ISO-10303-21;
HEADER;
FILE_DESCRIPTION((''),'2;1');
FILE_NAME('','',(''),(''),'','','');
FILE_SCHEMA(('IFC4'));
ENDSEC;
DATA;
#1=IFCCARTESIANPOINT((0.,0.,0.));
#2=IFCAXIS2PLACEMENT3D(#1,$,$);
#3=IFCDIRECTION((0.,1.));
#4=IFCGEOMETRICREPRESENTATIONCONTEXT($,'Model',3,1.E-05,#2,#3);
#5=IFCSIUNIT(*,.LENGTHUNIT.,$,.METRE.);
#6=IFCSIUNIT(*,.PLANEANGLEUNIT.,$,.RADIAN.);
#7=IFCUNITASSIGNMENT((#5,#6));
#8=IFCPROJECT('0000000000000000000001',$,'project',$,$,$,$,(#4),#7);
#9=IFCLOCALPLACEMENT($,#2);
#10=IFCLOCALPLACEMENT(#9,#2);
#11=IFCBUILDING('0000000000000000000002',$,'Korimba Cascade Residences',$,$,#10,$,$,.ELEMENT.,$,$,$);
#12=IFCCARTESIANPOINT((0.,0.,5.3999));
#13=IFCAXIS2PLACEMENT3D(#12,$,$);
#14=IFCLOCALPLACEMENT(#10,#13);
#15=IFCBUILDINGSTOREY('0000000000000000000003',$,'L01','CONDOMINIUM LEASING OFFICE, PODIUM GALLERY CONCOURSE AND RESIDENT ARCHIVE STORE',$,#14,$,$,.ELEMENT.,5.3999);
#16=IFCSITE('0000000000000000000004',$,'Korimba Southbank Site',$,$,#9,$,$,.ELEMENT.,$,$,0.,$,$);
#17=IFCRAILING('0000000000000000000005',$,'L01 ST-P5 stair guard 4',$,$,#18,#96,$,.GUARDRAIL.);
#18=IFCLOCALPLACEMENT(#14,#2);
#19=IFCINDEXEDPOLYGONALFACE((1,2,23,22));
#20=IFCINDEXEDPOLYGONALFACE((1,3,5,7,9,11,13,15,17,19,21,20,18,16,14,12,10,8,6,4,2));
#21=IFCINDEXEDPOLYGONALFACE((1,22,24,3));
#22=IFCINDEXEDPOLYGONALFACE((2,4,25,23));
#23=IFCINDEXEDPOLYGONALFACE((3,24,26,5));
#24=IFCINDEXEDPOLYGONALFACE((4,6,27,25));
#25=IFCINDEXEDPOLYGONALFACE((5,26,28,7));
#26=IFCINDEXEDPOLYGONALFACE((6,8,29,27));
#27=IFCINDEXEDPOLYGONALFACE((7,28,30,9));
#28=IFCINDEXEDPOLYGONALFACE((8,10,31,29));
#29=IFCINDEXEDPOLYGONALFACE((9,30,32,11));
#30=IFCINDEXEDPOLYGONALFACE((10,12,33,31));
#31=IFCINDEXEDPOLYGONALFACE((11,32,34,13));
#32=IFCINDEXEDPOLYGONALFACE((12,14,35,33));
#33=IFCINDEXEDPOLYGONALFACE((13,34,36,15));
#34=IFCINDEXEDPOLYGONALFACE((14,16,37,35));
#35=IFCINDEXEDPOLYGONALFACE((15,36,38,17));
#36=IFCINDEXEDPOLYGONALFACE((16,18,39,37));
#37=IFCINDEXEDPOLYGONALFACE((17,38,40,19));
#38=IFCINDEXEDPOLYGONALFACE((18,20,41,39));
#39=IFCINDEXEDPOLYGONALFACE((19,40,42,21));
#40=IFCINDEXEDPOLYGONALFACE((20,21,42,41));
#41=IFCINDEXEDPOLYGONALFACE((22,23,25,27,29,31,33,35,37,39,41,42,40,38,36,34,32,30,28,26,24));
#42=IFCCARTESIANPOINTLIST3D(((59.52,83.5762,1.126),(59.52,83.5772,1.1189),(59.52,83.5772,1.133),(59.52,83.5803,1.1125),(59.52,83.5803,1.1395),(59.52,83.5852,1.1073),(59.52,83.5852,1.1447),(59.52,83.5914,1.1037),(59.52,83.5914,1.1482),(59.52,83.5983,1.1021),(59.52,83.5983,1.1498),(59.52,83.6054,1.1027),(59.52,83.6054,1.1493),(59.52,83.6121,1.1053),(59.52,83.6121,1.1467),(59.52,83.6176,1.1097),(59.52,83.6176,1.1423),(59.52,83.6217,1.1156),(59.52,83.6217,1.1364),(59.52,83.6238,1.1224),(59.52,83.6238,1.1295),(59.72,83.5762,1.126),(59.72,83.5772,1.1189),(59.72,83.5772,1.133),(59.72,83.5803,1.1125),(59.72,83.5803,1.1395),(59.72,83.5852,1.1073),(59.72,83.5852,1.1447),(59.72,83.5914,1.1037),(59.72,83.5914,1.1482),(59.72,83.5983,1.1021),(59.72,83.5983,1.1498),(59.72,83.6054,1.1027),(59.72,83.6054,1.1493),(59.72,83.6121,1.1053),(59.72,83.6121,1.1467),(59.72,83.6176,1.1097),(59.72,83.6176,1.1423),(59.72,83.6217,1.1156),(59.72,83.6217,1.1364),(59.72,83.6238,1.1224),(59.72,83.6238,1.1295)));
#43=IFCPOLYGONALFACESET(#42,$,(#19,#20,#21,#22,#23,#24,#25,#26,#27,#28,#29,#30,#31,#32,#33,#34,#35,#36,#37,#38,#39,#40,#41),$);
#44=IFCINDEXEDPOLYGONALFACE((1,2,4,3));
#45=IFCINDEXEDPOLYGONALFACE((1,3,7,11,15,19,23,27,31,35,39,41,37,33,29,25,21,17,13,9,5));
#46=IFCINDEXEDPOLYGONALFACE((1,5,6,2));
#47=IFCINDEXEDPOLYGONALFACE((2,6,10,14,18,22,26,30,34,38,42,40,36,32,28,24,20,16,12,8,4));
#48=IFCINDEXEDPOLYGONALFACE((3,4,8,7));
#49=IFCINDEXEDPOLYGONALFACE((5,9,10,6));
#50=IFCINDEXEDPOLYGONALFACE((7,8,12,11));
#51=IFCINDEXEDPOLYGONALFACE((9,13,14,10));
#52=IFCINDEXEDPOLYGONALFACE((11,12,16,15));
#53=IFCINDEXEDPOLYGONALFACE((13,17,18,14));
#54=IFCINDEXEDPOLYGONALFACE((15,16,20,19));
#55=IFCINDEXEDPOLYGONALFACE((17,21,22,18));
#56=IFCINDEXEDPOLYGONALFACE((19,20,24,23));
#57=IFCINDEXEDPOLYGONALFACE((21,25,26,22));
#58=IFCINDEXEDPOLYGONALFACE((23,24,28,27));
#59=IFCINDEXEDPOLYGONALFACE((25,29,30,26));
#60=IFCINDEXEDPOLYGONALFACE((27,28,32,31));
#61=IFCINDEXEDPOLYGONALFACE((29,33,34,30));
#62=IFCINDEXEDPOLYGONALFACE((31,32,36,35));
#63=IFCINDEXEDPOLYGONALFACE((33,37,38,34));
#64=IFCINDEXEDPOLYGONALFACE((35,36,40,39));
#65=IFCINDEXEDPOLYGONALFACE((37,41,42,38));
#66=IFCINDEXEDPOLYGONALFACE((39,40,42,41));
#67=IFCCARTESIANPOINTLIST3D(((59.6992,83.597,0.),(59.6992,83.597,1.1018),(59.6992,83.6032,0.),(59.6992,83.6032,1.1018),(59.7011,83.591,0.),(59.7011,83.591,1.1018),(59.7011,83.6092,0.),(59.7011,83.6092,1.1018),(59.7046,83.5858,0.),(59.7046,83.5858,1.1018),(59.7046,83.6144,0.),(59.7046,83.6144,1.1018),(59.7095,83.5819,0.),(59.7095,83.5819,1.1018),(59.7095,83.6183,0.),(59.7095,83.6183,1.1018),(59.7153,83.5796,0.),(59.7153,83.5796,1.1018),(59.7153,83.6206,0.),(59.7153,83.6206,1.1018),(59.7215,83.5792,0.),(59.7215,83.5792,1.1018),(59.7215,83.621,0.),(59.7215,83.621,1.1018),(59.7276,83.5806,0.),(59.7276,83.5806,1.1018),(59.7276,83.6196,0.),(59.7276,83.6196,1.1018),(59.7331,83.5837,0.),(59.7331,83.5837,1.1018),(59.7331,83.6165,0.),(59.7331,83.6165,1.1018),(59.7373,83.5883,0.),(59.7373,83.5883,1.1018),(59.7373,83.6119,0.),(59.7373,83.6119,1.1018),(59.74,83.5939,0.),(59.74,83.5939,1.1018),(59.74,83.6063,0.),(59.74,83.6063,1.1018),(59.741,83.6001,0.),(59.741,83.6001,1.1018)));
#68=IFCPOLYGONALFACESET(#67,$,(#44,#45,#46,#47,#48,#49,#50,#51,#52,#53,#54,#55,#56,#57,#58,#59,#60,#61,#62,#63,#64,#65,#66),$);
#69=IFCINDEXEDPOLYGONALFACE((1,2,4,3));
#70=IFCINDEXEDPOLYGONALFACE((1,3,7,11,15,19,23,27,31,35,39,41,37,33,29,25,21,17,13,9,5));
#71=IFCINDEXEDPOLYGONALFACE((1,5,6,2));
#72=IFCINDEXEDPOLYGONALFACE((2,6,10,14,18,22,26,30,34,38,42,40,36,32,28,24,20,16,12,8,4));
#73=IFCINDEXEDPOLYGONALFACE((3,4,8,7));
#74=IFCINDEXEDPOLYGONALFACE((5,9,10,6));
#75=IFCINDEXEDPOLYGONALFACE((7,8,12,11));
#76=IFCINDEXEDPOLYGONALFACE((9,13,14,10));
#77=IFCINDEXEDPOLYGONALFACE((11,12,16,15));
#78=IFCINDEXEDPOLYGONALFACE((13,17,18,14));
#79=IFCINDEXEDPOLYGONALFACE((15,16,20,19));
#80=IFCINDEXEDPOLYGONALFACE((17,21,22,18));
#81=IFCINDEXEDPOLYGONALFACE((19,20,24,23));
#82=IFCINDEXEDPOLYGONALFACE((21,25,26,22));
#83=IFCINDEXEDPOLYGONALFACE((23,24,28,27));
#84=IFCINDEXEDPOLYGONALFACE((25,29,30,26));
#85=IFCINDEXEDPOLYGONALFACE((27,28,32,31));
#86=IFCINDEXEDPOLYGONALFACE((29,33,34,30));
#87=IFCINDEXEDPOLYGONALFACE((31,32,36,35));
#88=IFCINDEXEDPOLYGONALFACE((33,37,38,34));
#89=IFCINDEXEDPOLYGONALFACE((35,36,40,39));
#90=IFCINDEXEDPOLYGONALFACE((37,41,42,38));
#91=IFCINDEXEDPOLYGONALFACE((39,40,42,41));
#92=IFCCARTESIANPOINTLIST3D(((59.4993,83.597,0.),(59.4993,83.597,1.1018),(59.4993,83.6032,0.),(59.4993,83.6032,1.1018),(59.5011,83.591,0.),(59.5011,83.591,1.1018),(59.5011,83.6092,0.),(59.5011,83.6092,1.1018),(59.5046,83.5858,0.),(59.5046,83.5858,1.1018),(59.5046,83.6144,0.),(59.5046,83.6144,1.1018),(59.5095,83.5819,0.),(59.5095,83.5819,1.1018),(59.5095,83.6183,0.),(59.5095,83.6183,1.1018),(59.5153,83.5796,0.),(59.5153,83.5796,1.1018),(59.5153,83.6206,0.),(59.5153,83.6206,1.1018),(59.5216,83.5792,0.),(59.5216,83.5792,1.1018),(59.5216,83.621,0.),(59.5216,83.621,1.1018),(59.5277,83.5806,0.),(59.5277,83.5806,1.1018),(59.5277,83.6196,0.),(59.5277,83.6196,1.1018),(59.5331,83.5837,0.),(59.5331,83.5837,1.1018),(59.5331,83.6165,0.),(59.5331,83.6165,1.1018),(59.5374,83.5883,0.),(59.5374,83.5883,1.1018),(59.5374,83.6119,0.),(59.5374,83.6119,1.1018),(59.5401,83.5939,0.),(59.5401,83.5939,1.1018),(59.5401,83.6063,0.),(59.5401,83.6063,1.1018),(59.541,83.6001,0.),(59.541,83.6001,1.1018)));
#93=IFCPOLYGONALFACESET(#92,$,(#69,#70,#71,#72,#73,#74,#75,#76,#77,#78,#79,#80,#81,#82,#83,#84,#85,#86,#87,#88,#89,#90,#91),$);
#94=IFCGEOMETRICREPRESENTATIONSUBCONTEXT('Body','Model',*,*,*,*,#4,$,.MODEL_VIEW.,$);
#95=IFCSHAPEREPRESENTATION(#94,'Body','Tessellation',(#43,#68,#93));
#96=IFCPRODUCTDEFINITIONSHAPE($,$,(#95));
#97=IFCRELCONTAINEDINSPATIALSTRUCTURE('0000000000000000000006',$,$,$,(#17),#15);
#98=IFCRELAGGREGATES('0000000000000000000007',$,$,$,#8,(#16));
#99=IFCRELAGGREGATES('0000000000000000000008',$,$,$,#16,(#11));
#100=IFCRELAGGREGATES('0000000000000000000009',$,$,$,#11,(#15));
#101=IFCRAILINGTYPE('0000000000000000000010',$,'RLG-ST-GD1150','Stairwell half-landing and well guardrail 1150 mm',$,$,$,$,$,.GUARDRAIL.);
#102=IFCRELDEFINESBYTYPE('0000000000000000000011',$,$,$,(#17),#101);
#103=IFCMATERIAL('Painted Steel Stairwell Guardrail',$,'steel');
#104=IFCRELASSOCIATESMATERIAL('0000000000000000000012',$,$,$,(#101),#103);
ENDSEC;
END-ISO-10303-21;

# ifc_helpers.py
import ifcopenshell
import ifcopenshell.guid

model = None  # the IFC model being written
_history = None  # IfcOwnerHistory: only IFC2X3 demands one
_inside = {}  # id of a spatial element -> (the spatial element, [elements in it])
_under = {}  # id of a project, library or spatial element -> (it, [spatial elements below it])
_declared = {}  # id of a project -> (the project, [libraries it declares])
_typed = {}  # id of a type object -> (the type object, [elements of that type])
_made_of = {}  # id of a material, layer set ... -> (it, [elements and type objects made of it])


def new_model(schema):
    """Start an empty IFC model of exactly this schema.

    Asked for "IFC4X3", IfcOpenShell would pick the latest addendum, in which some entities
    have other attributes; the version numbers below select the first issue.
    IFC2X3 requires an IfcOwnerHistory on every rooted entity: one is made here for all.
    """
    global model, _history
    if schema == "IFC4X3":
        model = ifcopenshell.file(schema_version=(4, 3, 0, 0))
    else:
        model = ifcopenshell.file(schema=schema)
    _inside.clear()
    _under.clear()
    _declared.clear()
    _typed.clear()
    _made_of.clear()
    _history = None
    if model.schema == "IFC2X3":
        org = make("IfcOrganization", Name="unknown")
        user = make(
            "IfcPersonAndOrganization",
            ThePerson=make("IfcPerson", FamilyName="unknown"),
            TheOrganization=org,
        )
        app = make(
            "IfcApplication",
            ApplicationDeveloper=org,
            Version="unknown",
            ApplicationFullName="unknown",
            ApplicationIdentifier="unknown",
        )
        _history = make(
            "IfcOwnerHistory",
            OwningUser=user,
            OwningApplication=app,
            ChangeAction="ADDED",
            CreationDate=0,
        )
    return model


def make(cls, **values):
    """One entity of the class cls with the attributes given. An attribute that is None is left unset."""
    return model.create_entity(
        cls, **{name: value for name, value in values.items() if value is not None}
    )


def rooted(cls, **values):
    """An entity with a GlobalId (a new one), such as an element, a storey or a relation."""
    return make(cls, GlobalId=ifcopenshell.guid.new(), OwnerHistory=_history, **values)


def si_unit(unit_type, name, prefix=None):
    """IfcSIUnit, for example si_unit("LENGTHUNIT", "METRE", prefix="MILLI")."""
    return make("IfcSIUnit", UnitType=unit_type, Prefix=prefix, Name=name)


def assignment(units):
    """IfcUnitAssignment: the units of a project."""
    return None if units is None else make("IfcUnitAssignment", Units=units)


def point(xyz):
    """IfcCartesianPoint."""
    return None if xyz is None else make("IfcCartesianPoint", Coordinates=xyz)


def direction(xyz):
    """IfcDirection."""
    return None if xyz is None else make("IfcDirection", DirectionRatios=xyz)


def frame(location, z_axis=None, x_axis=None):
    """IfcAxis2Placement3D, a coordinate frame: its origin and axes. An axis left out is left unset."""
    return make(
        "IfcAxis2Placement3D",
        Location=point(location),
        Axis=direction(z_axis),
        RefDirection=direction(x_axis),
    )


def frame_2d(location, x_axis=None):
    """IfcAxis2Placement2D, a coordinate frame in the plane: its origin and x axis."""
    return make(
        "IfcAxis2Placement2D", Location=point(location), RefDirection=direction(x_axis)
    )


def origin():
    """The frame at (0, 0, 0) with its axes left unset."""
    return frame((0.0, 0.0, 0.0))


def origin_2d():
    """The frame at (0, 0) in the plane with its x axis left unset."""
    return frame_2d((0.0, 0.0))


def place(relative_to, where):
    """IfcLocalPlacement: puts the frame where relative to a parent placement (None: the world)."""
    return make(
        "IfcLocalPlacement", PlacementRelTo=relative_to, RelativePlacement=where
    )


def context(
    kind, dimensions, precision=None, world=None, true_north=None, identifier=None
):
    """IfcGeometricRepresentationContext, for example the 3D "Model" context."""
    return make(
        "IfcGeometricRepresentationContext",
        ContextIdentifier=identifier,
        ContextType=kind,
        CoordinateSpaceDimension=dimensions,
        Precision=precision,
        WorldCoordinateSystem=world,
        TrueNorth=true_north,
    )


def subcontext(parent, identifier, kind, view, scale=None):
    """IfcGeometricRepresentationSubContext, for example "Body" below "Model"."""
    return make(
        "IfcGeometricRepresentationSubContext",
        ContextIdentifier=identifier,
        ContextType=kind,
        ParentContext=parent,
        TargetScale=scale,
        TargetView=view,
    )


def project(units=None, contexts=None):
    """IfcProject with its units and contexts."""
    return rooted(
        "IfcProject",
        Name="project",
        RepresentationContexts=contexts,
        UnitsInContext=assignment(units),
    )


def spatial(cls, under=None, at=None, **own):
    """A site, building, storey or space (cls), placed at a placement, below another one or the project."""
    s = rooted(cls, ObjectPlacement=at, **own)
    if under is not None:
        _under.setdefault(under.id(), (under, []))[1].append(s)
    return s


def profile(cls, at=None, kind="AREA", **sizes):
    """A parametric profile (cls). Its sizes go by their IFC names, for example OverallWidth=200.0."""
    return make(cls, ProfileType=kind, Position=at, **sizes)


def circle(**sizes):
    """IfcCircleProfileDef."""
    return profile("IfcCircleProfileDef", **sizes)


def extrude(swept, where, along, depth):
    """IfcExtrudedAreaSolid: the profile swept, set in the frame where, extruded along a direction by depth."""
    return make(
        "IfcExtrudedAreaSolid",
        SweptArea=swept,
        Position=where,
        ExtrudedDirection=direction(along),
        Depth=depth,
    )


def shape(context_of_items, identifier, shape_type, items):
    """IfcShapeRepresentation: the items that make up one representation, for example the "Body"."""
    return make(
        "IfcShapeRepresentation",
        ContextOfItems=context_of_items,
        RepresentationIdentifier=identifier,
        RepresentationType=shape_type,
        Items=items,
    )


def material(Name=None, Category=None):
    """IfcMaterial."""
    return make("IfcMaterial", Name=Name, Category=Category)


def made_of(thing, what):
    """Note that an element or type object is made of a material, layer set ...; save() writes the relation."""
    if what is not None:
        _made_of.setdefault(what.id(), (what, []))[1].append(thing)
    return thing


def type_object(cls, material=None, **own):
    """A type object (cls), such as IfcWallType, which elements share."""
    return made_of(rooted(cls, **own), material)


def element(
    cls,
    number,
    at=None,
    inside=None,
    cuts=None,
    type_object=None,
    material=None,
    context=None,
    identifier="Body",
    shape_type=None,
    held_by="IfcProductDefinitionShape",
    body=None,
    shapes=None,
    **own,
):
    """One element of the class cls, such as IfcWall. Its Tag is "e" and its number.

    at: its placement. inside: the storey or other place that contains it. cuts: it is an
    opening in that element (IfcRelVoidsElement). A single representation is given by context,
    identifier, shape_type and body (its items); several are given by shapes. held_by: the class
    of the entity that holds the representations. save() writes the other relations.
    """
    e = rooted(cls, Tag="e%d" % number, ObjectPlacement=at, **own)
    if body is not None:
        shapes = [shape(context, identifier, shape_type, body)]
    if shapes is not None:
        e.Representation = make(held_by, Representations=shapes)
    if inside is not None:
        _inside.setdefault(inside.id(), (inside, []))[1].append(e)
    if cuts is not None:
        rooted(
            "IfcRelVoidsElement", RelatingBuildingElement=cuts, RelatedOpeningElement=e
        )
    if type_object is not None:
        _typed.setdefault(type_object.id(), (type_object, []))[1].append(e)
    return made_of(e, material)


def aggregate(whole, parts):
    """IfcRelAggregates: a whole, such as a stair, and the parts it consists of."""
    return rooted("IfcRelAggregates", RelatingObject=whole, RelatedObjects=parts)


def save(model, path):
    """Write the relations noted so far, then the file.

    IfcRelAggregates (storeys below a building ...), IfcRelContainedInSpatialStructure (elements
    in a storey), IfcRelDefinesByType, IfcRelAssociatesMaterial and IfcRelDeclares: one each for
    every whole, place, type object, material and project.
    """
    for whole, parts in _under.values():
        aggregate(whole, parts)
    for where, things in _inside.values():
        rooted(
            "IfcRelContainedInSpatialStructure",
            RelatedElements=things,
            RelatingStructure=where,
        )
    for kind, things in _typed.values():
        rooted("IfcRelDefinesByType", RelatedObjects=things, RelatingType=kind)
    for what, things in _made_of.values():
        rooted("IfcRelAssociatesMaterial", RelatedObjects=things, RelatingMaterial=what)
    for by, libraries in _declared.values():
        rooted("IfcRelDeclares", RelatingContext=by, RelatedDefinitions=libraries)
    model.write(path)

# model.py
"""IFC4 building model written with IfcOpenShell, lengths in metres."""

from ifc_helpers import new_model, si_unit, direction, frame, origin, origin_2d, place, context, subcontext, project, spatial, circle, extrude, material, type_object, element, save


model = new_model("IFC4")

# Units and contexts
model_context = context("Model", 3, precision=1e-05, world=origin(), true_north=direction((0.0, 1.0)))
body_context = subcontext(model_context, "Body", "Model", "MODEL_VIEW")
ifc_project = project(units=[si_unit("LENGTHUNIT", "METRE"), si_unit("PLANEANGLEUNIT", "RADIAN")], contexts=[model_context])

# Site, building, storey
site_placement = place(None, origin())
site = spatial("IfcSite", under=ifc_project, at=site_placement, Name="Korimba Southbank Site", CompositionType="ELEMENT", RefElevation=0.0)
building_placement = place(site_placement, origin())
building = spatial("IfcBuilding", under=site, at=building_placement, Name="Korimba Cascade Residences", CompositionType="ELEMENT")
storey_placement = place(building_placement, frame((0.0, 0.0, 5.3999)))
storey = spatial("IfcBuildingStorey", under=building, at=storey_placement, Name="L01", Description="CONDOMINIUM LEASING OFFICE, PODIUM GALLERY CONCOURSE AND RESIDENT ARCHIVE STORE", CompositionType="ELEMENT", Elevation=5.3999)

# Railing
ifc_material_1 = material(Name="Painted Steel Stairwell Guardrail", Category="steel")
railing_type_1 = type_object("IfcRailingType", Name="RLG-ST-GD1150", Description="Stairwell half-landing and well guardrail 1150 mm", PredefinedType="GUARDRAIL", material=ifc_material_1)
railing_1_placement = place(storey_placement, frame((59.72, 83.6001, 0.0)))
element("IfcRailing", 1, at=railing_1_placement, inside=storey, type_object=railing_type_1, Name="L01 ST-P5 stair guard 4", PredefinedType="GUARDRAIL", context=body_context, shape_type="SweptSolid", body=[
    extrude(circle(Radius=0.0239, at=origin_2d()), frame((0.0, 0.0, 1.126), z_axis=(-1.0, 0.0, 0.0), x_axis=(0.0, -1.0, 0.0)), (0.0, 0.0, 1.0), 0.2),
    extrude(circle(Radius=0.021, at=origin_2d()), origin(), (0.0, 0.0, 1.0), 1.1018),
    extrude(circle(Radius=0.021, at=origin_2d()), frame((-0.2, 0.0, 0.0)), (0.0, 0.0, 1.0), 1.1018),
])

save(model, "model.ifc")
